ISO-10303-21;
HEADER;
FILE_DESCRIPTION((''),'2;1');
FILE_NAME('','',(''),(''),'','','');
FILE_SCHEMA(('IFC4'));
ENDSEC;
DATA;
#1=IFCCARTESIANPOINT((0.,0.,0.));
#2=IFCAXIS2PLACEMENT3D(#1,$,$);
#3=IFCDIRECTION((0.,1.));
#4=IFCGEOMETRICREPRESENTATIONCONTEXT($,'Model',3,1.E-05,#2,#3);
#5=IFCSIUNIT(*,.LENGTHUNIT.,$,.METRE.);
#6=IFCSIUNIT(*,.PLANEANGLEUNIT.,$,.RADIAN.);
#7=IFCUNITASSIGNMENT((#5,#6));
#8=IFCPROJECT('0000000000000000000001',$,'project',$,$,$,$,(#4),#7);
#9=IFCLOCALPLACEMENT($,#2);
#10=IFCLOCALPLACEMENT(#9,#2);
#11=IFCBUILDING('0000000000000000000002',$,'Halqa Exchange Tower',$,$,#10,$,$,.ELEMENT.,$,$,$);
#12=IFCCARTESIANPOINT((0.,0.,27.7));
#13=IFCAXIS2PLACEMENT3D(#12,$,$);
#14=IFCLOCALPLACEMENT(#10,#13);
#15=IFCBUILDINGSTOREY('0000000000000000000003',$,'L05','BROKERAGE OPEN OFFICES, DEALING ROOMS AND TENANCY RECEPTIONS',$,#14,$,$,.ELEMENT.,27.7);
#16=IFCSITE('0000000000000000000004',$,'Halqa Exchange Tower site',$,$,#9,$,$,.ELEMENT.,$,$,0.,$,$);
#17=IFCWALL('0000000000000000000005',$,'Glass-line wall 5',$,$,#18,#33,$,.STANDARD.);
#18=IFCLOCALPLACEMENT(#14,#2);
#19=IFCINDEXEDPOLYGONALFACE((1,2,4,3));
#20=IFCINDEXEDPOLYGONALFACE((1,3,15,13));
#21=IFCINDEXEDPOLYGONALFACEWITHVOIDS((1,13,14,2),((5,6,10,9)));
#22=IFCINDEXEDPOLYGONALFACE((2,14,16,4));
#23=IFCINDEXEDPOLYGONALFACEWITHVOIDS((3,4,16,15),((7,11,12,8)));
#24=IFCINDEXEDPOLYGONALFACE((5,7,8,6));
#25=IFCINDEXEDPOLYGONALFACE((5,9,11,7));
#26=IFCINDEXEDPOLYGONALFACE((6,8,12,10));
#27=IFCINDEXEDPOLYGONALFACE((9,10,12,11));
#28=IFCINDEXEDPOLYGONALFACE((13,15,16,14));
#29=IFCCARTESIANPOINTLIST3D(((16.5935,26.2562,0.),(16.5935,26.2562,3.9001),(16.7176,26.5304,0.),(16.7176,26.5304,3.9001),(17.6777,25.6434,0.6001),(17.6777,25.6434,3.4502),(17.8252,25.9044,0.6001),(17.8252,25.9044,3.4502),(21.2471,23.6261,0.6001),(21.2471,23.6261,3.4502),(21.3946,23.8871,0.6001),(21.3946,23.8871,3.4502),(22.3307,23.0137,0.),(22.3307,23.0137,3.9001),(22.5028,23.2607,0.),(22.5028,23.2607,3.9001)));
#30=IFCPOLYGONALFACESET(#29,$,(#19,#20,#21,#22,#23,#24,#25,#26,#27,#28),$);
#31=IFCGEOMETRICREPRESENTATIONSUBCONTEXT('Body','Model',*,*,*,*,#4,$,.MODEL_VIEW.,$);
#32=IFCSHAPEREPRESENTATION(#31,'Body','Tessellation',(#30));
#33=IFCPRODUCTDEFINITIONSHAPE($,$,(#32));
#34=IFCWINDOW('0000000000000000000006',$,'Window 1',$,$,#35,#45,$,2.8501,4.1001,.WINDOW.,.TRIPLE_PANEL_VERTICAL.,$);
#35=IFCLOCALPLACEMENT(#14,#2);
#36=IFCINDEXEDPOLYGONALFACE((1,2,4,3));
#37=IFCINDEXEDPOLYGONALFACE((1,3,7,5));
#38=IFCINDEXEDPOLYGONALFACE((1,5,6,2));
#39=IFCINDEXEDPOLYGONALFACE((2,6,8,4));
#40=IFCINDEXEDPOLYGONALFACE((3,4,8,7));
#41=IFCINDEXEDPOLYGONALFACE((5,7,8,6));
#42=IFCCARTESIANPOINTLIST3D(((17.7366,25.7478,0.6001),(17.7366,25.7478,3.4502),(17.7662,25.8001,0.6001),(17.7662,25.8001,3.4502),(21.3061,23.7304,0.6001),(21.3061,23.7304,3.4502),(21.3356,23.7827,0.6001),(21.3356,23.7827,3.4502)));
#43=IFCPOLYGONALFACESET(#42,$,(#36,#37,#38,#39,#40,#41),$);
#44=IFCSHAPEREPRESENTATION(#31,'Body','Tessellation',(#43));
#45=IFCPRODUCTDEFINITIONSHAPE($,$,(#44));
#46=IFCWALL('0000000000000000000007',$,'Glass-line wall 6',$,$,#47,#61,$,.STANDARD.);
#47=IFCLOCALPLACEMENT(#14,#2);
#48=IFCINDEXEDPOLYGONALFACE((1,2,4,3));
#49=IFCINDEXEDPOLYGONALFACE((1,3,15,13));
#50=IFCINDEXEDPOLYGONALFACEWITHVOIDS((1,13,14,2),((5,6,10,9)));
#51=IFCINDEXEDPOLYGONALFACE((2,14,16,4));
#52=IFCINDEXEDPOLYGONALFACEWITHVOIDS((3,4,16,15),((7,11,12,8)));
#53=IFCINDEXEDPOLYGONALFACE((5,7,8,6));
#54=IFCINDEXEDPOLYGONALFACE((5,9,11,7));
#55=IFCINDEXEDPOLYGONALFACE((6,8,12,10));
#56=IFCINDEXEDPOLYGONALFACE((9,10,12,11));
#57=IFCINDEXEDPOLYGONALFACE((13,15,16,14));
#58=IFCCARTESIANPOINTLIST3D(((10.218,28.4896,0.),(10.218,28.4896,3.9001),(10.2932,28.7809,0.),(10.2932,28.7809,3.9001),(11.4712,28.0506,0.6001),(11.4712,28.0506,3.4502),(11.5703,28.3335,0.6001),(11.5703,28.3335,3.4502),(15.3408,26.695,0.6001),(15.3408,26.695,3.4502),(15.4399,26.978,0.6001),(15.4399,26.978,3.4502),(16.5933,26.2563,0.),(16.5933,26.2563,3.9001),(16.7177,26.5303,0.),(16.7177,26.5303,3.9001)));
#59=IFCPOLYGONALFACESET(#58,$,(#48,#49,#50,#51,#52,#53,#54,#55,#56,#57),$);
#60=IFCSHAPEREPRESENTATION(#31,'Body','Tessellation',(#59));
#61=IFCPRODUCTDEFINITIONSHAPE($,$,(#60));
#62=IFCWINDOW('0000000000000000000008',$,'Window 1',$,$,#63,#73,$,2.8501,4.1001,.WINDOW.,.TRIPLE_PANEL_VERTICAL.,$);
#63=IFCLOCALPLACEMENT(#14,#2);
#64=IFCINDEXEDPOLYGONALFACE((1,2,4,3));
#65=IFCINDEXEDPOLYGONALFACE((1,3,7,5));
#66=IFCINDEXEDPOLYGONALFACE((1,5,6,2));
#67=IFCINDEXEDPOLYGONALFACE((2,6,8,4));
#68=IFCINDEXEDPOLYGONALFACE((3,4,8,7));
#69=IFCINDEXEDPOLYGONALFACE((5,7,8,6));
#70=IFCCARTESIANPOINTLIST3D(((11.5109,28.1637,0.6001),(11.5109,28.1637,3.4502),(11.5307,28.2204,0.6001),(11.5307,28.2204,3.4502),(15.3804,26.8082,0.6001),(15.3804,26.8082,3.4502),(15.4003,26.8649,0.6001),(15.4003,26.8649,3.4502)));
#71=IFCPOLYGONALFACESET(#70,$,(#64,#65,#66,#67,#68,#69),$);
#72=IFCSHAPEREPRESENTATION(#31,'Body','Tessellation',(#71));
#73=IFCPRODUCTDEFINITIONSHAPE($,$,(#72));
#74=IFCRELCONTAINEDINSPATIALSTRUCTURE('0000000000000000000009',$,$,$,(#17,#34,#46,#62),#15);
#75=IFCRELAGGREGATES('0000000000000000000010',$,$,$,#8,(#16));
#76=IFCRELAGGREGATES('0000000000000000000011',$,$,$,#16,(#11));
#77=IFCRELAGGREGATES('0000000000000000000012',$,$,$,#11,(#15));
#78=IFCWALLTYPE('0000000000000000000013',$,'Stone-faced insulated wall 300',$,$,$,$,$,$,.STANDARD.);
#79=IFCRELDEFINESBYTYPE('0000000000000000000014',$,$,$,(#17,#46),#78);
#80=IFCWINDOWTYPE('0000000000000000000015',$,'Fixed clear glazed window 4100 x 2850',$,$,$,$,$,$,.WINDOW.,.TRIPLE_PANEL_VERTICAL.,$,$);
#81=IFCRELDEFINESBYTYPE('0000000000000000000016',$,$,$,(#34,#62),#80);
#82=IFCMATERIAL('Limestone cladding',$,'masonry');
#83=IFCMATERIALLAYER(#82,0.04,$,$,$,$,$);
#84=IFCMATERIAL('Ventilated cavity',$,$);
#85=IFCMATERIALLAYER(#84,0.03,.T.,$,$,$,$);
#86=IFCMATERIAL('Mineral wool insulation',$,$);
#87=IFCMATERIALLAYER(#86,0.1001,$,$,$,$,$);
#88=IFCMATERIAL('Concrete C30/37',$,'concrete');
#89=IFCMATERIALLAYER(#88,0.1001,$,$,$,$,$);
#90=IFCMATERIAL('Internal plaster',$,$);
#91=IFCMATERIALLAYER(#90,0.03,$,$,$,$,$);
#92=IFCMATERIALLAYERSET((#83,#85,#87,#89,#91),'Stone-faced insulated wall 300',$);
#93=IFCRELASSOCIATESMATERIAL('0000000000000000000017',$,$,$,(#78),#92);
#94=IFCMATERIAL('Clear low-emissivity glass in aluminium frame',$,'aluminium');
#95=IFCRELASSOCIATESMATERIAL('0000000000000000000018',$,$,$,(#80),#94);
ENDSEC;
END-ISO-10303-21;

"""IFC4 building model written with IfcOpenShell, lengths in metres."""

from ifc_helpers import new_model, si_unit, direction, frame, frame_2d, origin, place, context, subcontext, project, spatial, polyline, rectangle, outline, extrude, material, layer, layer_set, type_object, element, fill, save


model = new_model("IFC4")

# Units and contexts
model_context = context("Model", 3, precision=1e-05, world=origin(), true_north=direction((0.0, 1.0)))
body_context = subcontext(model_context, "Body", "Model", "MODEL_VIEW")
ifc_project = project(units=[si_unit("LENGTHUNIT", "METRE"), si_unit("PLANEANGLEUNIT", "RADIAN")], contexts=[model_context])

# Site, building, storey
site_placement = place(None, origin())
site = spatial("IfcSite", under=ifc_project, at=site_placement, Name="Halqa Exchange Tower site", CompositionType="ELEMENT", RefElevation=0.0)
building_placement = place(site_placement, origin())
building = spatial("IfcBuilding", under=site, at=building_placement, Name="Halqa Exchange Tower", CompositionType="ELEMENT")
storey_placement = place(building_placement, frame((0.0, 0.0, 27.7)))
storey = spatial("IfcBuildingStorey", under=building, at=storey_placement, Name="L05", Description="BROKERAGE OPEN OFFICES, DEALING ROOMS AND TENANCY RECEPTIONS", CompositionType="ELEMENT", Elevation=27.7)

# Shared definitions
ifc_material_1 = material(Name="Limestone cladding", Category="masonry")
ifc_layer_1 = layer(ifc_material_1, 0.04)
ifc_material_2 = material(Name="Ventilated cavity")
ifc_layer_2 = layer(ifc_material_2, 0.03, ventilated=True)
ifc_material_3 = material(Name="Mineral wool insulation")
ifc_layer_3 = layer(ifc_material_3, 0.1001)
ifc_material_4 = material(Name="Concrete C30/37", Category="concrete")
ifc_layer_4 = layer(ifc_material_4, 0.1001)
ifc_material_5 = material(Name="Internal plaster")
ifc_layer_5 = layer(ifc_material_5, 0.03)
ifc_layer_set_1 = layer_set([ifc_layer_1, ifc_layer_2, ifc_layer_3, ifc_layer_4, ifc_layer_5], Name="Stone-faced insulated wall 300")
wall_type_1 = type_object("IfcWallType", Name="Stone-faced insulated wall 300", PredefinedType="STANDARD", material=ifc_layer_set_1)
ifc_material_6 = material(Name="Clear low-emissivity glass in aluminium frame", Category="aluminium")

# Walls, openings, windows
wall_1_placement = place(storey_placement, frame((22.4167, 23.1372, 0.0), z_axis=(0.0, 0.0, 1.0), x_axis=(-0.870579, 0.492029, 0.0)))
wall_1 = element("IfcWall", 1, at=wall_1_placement, inside=storey, type_object=wall_type_1, Name="Glass-line wall 5", PredefinedType="STANDARD", context=body_context, shape_type="SweptSolid", body=[
    extrude(outline(polyline([(-0.0142, -0.1499), (6.6311, -0.1499), (6.6042, 0.1499), (0.0142, 0.1499), (-0.0142, -0.1499)])), origin(), (0.0, 0.0, 1.0), 3.9001),
])
opening_1_placement = place(wall_1_placement, frame((1.2588, 0.0, 0.6001)))
opening_1 = element("IfcOpeningElement", 2, at=opening_1_placement, cuts=wall_1, PredefinedType="OPENING", context=body_context, shape_type="SweptSolid", body=[
    extrude(rectangle(XDim=4.1001, YDim=2.8501, at=frame_2d((2.05, 1.425))), frame((0.0, 0.1621, 0.0), z_axis=(0.0, -1.0, 0.0), x_axis=(1.0, 0.0, 0.0)), (0.0, 0.0, 1.0), 0.324),
])
window_type = type_object("IfcWindowType", Name="Fixed clear glazed window 4100 x 2850", PartitioningType="TRIPLE_PANEL_VERTICAL", PredefinedType="WINDOW", material=ifc_material_6)
window_1_placement = place(opening_1_placement, origin())
window_1 = element("IfcWindow", 3, at=window_1_placement, inside=storey, type_object=window_type, Name="Window 1", OverallHeight=2.8501, OverallWidth=4.1001, PartitioningType="TRIPLE_PANEL_VERTICAL", PredefinedType="WINDOW", context=body_context, shape_type="SweptSolid", body=[
    extrude(rectangle(XDim=4.1001, YDim=2.8501, at=frame_2d((2.05, 1.425))), frame((0.0, 0.03, 0.0), z_axis=(0.0, -1.0, 0.0), x_axis=(1.0, 0.0, 0.0)), (0.0, 0.0, 1.0), 0.0601),
])
fill(opening_1, window_1)
wall_2_placement = place(storey_placement, frame((16.6555, 26.3933, 0.0), z_axis=(0.0, 0.0, 1.0), x_axis=(-0.943767, 0.33061, 0.0)))
wall_2 = element("IfcWall", 4, at=wall_2_placement, inside=storey, type_object=wall_type_1, Name="Glass-line wall 6", PredefinedType="STANDARD", context=body_context, shape_type="SweptSolid", body=[
    extrude(outline(polyline([(-0.0134, -0.1499), (6.7939, -0.1499), (6.7686, 0.1499), (0.0134, 0.1499), (-0.0134, -0.1499)])), origin(), (0.0, 0.0, 1.0), 3.9001),
])
opening_2_placement = place(wall_2_placement, frame((1.3406, 0.0, 0.6001)))
opening_2 = element("IfcOpeningElement", 5, at=opening_2_placement, cuts=wall_2, PredefinedType="OPENING", context=body_context, shape_type="SweptSolid", body=[
    extrude(rectangle(XDim=4.1001, YDim=2.8501, at=frame_2d((2.05, 1.425))), frame((0.0, 0.1621, 0.0), z_axis=(0.0, -1.0, 0.0), x_axis=(1.0, 0.0, 0.0)), (0.0, 0.0, 1.0), 0.324),
])
window_2_placement = place(opening_2_placement, origin())
window_2 = element("IfcWindow", 6, at=window_2_placement, inside=storey, type_object=window_type, Name="Window 1", OverallHeight=2.8501, OverallWidth=4.1001, PartitioningType="TRIPLE_PANEL_VERTICAL", PredefinedType="WINDOW", context=body_context, shape_type="SweptSolid", body=[
    extrude(rectangle(XDim=4.1001, YDim=2.8501, at=frame_2d((2.05, 1.425))), frame((0.0, 0.03, 0.0), z_axis=(0.0, -1.0, 0.0), x_axis=(1.0, 0.0, 0.0)), (0.0, 0.0, 1.0), 0.0601),
])
fill(opening_2, window_2)

save(model, "model.ifc")
